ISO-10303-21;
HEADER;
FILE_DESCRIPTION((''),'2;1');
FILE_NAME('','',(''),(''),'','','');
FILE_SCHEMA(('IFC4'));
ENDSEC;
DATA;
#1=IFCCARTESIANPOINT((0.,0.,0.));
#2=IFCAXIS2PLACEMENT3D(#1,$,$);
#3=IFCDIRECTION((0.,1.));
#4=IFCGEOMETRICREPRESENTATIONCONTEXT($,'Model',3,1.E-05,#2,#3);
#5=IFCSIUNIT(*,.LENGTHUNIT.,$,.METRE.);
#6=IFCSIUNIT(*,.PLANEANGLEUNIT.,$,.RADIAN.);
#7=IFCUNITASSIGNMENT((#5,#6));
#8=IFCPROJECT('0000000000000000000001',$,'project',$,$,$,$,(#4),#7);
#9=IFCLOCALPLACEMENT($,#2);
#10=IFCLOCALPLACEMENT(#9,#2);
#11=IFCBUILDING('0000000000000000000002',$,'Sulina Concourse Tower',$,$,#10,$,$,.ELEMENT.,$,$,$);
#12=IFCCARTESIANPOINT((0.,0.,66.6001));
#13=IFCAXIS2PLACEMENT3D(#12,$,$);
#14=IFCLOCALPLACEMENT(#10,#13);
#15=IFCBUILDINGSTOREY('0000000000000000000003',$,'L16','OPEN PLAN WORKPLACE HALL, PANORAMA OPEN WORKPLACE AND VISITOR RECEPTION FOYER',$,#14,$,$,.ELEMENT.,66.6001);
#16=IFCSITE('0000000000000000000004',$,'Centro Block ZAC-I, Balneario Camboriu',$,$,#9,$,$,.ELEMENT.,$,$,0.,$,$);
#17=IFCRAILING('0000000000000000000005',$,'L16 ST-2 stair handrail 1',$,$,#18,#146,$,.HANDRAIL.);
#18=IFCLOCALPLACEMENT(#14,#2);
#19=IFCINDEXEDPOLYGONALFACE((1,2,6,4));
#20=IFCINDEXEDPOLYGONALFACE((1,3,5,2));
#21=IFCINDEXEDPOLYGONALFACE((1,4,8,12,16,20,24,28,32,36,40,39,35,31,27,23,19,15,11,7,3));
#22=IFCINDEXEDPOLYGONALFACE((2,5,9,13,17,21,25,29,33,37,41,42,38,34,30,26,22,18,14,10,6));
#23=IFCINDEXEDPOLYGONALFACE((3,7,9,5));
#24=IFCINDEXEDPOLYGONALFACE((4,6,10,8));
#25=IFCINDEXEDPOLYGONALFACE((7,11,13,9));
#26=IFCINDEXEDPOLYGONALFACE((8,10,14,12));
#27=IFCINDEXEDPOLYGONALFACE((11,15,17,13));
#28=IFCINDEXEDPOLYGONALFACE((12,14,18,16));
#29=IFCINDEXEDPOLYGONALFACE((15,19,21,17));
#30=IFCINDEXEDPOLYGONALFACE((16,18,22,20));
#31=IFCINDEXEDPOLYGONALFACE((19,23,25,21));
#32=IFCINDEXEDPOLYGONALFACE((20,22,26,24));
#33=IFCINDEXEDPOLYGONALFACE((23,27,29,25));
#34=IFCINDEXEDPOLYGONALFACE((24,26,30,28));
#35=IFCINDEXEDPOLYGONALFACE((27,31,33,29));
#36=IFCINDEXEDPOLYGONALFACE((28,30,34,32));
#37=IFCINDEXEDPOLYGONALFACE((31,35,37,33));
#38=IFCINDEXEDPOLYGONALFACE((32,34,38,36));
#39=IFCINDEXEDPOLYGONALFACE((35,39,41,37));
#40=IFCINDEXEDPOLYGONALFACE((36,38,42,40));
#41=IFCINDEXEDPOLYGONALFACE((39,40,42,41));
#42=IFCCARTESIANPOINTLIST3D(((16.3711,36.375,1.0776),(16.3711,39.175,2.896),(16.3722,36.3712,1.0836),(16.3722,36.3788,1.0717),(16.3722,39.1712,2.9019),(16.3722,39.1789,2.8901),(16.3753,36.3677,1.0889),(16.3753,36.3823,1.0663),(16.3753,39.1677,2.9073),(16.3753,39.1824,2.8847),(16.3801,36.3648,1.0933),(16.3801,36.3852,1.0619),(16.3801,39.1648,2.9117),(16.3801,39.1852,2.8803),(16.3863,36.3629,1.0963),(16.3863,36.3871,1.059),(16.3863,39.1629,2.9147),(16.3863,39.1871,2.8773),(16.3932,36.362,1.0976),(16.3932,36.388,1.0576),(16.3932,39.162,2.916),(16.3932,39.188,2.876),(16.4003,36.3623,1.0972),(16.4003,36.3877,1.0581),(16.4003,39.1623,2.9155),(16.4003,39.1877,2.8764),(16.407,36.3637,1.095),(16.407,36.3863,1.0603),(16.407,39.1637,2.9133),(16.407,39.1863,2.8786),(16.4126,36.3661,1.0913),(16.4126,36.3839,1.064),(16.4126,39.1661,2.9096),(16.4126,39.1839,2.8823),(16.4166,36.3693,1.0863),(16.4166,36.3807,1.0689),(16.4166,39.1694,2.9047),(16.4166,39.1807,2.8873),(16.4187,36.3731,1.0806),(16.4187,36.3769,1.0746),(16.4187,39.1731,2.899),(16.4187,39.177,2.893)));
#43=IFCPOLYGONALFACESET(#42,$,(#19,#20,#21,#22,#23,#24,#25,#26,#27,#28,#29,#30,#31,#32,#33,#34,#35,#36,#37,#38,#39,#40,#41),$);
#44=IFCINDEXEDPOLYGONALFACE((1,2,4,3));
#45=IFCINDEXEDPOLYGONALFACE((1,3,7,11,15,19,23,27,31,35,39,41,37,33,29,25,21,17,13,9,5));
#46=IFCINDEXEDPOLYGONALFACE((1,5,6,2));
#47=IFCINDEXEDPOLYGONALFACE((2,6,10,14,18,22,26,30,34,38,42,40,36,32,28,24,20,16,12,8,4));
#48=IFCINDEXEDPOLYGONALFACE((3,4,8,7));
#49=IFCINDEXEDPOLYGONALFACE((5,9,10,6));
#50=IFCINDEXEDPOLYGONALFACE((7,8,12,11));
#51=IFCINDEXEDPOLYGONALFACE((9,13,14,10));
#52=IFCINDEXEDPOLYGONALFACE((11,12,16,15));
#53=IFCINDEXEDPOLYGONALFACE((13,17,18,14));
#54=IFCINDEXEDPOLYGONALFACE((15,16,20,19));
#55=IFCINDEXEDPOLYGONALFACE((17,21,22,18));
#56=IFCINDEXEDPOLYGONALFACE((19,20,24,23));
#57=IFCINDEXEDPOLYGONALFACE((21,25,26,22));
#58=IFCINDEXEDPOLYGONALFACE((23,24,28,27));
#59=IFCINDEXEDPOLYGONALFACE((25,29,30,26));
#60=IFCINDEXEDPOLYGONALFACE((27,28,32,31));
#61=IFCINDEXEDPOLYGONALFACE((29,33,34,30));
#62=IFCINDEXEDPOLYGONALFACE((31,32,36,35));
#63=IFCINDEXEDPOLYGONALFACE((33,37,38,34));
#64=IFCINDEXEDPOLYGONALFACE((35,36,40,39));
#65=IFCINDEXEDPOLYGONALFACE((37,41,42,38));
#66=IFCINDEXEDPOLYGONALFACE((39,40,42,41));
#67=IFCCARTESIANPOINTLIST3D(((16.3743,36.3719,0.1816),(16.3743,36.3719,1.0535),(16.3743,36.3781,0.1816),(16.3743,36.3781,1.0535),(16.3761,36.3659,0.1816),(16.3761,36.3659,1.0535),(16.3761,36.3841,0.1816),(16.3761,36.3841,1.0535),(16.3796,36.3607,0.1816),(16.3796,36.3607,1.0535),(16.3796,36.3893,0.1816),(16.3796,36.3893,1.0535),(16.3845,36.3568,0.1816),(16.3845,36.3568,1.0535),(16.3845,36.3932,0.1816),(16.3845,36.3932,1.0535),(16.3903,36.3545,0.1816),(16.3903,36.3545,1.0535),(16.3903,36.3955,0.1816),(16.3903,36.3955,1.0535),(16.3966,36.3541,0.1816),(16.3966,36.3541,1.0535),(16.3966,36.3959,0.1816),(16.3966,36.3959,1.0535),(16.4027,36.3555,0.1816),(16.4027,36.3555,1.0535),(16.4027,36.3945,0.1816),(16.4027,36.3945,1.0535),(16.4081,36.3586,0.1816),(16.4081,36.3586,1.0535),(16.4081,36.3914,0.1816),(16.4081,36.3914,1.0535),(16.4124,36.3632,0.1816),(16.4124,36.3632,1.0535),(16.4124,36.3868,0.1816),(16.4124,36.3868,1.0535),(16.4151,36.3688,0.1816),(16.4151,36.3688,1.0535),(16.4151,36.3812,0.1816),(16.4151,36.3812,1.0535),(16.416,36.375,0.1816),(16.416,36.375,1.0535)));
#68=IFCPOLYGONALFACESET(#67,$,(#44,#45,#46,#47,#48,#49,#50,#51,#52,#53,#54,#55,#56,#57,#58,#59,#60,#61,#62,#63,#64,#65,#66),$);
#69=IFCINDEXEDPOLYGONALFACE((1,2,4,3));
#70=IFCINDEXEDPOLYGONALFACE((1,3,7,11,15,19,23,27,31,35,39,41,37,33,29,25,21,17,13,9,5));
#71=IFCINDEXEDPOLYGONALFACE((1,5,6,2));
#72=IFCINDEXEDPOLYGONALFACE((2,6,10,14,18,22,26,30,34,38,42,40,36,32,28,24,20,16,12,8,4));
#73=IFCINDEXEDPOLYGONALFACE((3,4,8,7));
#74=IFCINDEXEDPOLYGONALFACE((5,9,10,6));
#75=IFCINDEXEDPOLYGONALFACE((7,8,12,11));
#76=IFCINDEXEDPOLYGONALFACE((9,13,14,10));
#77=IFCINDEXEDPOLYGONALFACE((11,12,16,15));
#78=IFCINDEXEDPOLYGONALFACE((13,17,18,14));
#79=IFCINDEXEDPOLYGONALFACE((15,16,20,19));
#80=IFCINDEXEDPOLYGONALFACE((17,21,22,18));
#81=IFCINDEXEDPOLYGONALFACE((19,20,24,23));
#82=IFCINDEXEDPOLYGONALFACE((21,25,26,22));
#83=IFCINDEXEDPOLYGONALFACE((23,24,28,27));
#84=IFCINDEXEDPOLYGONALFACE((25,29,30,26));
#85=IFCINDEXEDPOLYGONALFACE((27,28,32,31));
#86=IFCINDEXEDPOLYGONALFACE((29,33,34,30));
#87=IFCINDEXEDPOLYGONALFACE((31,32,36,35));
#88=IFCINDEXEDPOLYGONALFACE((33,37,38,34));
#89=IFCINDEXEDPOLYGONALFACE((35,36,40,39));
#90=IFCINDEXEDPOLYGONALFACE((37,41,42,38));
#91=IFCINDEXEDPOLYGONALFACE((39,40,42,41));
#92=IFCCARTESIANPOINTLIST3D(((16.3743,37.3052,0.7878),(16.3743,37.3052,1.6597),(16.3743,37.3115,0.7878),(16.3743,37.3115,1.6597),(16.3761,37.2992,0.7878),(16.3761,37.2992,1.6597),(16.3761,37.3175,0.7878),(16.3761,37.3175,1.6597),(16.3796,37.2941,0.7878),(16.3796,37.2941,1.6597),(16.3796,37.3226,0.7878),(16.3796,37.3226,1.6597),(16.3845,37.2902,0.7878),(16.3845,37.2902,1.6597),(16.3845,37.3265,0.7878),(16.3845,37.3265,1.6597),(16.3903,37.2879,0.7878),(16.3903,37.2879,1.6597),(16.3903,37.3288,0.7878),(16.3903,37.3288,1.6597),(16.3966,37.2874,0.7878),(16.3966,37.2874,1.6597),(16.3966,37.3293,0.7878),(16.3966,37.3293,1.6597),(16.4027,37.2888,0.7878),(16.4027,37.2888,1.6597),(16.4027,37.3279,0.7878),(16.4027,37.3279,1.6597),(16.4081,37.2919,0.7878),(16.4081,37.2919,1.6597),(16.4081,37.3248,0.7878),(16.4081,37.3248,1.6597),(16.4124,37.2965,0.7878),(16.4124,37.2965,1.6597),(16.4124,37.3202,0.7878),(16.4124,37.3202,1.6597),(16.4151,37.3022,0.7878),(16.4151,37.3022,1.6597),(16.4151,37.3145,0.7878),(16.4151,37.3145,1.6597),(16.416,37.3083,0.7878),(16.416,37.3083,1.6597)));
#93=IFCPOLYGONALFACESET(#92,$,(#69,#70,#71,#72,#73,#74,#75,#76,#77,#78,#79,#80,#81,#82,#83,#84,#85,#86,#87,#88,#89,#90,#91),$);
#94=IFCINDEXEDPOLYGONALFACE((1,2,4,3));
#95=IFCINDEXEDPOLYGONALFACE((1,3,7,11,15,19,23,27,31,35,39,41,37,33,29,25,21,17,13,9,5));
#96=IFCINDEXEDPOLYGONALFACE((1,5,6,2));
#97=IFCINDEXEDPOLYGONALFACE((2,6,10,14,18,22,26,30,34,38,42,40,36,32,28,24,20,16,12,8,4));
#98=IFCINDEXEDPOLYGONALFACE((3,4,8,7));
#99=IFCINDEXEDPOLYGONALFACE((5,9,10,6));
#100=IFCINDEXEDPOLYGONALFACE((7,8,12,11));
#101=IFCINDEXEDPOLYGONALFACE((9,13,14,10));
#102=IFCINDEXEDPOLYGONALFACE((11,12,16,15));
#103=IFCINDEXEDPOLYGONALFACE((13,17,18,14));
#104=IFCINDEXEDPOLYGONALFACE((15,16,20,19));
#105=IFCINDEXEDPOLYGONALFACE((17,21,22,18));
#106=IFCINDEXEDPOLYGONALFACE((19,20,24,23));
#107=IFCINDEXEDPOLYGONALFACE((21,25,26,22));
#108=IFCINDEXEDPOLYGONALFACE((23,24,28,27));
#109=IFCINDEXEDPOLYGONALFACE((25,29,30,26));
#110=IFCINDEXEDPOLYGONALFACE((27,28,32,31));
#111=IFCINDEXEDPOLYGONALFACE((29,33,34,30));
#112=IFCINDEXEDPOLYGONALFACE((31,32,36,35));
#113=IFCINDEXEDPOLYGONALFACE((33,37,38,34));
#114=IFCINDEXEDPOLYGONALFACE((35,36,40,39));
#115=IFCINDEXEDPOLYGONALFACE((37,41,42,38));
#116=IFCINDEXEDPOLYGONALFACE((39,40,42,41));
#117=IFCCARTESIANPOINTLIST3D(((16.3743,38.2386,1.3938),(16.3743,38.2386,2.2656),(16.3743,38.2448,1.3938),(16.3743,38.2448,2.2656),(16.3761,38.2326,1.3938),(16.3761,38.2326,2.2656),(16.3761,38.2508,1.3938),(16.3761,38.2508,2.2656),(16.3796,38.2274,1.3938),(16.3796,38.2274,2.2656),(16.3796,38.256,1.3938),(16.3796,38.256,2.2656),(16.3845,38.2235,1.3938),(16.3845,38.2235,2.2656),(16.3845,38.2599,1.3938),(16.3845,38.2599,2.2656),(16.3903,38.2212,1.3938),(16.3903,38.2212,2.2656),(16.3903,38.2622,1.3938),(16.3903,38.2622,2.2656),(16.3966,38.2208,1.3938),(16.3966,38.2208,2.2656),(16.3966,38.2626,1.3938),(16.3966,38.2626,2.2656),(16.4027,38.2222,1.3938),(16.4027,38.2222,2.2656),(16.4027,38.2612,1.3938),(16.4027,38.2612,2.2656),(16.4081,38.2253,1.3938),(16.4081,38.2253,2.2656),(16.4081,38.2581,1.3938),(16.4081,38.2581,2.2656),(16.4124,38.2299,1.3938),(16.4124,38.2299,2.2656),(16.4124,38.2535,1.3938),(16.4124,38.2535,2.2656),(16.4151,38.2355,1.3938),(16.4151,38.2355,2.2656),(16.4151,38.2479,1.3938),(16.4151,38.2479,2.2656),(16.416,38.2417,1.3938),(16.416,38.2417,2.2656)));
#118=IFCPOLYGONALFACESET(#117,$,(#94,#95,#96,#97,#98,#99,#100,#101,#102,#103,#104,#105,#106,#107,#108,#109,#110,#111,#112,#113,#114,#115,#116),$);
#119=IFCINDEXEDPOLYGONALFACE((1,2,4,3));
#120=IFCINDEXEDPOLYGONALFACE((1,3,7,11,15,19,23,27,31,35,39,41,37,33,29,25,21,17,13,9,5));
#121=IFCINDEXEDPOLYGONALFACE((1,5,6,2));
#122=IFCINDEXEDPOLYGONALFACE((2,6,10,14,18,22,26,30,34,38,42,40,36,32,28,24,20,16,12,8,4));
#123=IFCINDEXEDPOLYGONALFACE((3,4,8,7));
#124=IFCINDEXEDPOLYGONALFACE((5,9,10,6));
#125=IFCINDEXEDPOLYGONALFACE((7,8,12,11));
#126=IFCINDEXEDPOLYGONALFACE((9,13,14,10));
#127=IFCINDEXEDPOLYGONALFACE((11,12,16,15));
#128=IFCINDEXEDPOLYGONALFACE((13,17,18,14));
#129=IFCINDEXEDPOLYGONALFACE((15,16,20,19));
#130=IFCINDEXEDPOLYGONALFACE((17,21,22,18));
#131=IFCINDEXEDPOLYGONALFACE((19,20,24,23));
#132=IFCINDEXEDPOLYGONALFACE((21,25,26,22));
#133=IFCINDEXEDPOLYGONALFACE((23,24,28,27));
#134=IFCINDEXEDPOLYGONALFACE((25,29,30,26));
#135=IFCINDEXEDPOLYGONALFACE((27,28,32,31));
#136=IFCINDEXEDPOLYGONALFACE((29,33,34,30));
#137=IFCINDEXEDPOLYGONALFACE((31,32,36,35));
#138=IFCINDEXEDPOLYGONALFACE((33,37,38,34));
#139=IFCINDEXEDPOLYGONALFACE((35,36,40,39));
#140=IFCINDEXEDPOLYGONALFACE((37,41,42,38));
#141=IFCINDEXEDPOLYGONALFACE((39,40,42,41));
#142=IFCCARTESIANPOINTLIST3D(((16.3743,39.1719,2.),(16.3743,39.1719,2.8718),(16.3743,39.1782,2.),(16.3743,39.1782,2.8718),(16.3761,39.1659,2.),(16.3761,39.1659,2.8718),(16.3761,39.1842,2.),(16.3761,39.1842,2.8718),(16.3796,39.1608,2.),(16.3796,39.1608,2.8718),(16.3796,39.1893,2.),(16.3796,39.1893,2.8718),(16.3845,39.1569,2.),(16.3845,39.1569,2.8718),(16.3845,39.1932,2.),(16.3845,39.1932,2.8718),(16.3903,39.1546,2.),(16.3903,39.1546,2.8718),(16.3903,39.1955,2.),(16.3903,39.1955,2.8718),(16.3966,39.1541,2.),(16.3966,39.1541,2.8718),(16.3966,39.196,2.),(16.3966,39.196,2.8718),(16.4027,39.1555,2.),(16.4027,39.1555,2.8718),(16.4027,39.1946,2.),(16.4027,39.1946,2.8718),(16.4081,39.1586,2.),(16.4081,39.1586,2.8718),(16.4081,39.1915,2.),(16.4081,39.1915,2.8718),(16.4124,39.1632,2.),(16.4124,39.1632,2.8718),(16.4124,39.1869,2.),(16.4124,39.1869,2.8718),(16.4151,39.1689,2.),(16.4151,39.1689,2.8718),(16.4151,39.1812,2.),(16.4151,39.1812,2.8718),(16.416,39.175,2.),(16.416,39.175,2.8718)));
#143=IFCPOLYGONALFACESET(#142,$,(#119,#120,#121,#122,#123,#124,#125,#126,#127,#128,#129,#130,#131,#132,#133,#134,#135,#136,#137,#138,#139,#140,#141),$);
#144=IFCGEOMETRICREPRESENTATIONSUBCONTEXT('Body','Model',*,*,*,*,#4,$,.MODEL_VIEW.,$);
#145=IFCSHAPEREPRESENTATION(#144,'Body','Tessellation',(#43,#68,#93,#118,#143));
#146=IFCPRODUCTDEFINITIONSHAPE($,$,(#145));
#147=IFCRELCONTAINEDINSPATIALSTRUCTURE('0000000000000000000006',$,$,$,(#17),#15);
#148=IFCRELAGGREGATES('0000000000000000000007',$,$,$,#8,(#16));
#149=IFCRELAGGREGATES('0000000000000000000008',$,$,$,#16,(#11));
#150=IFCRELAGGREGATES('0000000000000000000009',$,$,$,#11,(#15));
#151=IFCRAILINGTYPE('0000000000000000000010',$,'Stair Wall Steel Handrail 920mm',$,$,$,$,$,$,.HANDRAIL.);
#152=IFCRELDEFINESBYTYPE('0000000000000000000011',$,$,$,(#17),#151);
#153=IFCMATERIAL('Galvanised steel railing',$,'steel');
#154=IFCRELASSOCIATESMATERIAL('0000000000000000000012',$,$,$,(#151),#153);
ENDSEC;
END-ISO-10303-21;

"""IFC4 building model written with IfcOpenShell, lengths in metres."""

from ifc_helpers import new_model, si_unit, direction, frame, origin, origin_2d, place, context, subcontext, project, spatial, circle, extrude, material, type_object, element, save


model = new_model("IFC4")

# Units and contexts
model_context = context("Model", 3, precision=1e-05, world=origin(), true_north=direction((0.0, 1.0)))
body_context = subcontext(model_context, "Body", "Model", "MODEL_VIEW")
ifc_project = project(units=[si_unit("LENGTHUNIT", "METRE"), si_unit("PLANEANGLEUNIT", "RADIAN")], contexts=[model_context])

# Site, building, storey
site_placement = place(None, origin())
site = spatial("IfcSite", under=ifc_project, at=site_placement, Name="Centro Block ZAC-I, Balneario Camboriu", CompositionType="ELEMENT", RefElevation=0.0)
building_placement = place(site_placement, origin())
building = spatial("IfcBuilding", under=site, at=building_placement, Name="Sulina Concourse Tower", CompositionType="ELEMENT")
storey_placement = place(building_placement, frame((0.0, 0.0, 66.6001)))
storey = spatial("IfcBuildingStorey", under=building, at=storey_placement, Name="L16", Description="OPEN PLAN WORKPLACE HALL, PANORAMA OPEN WORKPLACE AND VISITOR RECEPTION FOYER", CompositionType="ELEMENT", Elevation=66.6001)

# Railing
ifc_material_1 = material(Name="Galvanised steel railing", Category="steel")
railing_type_1 = type_object("IfcRailingType", Name="Stair Wall Steel Handrail 920mm", PredefinedType="HANDRAIL", material=ifc_material_1)
railing_1_placement = place(storey_placement, frame((16.395, 36.375, 0.1816)))
element("IfcRailing", 1, at=railing_1_placement, inside=storey, type_object=railing_type_1, Name="L16 ST-2 stair handrail 1", PredefinedType="HANDRAIL", context=body_context, shape_type="SweptSolid", body=[
    extrude(circle(Radius=0.0239, at=origin_2d()), frame((0.0, 0.0, 0.896), z_axis=(0.0, 0.838672, 0.544636), x_axis=(-1.0, 0.0, 0.0)), (0.0, 0.0, 1.0), 3.3386),
    extrude(circle(Radius=0.021, at=origin_2d()), origin(), (0.0, 0.0, 1.0), 0.8718),
    extrude(circle(Radius=0.021, at=origin_2d()), frame((0.0, 0.9333, 0.6062)), (0.0, 0.0, 1.0), 0.8718),
    extrude(circle(Radius=0.021, at=origin_2d()), frame((0.0, 1.8667, 1.2122)), (0.0, 0.0, 1.0), 0.8718),
    extrude(circle(Radius=0.021, at=origin_2d()), frame((0.0, 2.8, 1.8184)), (0.0, 0.0, 1.0), 0.8718),
])

save(model, "model.ifc")
